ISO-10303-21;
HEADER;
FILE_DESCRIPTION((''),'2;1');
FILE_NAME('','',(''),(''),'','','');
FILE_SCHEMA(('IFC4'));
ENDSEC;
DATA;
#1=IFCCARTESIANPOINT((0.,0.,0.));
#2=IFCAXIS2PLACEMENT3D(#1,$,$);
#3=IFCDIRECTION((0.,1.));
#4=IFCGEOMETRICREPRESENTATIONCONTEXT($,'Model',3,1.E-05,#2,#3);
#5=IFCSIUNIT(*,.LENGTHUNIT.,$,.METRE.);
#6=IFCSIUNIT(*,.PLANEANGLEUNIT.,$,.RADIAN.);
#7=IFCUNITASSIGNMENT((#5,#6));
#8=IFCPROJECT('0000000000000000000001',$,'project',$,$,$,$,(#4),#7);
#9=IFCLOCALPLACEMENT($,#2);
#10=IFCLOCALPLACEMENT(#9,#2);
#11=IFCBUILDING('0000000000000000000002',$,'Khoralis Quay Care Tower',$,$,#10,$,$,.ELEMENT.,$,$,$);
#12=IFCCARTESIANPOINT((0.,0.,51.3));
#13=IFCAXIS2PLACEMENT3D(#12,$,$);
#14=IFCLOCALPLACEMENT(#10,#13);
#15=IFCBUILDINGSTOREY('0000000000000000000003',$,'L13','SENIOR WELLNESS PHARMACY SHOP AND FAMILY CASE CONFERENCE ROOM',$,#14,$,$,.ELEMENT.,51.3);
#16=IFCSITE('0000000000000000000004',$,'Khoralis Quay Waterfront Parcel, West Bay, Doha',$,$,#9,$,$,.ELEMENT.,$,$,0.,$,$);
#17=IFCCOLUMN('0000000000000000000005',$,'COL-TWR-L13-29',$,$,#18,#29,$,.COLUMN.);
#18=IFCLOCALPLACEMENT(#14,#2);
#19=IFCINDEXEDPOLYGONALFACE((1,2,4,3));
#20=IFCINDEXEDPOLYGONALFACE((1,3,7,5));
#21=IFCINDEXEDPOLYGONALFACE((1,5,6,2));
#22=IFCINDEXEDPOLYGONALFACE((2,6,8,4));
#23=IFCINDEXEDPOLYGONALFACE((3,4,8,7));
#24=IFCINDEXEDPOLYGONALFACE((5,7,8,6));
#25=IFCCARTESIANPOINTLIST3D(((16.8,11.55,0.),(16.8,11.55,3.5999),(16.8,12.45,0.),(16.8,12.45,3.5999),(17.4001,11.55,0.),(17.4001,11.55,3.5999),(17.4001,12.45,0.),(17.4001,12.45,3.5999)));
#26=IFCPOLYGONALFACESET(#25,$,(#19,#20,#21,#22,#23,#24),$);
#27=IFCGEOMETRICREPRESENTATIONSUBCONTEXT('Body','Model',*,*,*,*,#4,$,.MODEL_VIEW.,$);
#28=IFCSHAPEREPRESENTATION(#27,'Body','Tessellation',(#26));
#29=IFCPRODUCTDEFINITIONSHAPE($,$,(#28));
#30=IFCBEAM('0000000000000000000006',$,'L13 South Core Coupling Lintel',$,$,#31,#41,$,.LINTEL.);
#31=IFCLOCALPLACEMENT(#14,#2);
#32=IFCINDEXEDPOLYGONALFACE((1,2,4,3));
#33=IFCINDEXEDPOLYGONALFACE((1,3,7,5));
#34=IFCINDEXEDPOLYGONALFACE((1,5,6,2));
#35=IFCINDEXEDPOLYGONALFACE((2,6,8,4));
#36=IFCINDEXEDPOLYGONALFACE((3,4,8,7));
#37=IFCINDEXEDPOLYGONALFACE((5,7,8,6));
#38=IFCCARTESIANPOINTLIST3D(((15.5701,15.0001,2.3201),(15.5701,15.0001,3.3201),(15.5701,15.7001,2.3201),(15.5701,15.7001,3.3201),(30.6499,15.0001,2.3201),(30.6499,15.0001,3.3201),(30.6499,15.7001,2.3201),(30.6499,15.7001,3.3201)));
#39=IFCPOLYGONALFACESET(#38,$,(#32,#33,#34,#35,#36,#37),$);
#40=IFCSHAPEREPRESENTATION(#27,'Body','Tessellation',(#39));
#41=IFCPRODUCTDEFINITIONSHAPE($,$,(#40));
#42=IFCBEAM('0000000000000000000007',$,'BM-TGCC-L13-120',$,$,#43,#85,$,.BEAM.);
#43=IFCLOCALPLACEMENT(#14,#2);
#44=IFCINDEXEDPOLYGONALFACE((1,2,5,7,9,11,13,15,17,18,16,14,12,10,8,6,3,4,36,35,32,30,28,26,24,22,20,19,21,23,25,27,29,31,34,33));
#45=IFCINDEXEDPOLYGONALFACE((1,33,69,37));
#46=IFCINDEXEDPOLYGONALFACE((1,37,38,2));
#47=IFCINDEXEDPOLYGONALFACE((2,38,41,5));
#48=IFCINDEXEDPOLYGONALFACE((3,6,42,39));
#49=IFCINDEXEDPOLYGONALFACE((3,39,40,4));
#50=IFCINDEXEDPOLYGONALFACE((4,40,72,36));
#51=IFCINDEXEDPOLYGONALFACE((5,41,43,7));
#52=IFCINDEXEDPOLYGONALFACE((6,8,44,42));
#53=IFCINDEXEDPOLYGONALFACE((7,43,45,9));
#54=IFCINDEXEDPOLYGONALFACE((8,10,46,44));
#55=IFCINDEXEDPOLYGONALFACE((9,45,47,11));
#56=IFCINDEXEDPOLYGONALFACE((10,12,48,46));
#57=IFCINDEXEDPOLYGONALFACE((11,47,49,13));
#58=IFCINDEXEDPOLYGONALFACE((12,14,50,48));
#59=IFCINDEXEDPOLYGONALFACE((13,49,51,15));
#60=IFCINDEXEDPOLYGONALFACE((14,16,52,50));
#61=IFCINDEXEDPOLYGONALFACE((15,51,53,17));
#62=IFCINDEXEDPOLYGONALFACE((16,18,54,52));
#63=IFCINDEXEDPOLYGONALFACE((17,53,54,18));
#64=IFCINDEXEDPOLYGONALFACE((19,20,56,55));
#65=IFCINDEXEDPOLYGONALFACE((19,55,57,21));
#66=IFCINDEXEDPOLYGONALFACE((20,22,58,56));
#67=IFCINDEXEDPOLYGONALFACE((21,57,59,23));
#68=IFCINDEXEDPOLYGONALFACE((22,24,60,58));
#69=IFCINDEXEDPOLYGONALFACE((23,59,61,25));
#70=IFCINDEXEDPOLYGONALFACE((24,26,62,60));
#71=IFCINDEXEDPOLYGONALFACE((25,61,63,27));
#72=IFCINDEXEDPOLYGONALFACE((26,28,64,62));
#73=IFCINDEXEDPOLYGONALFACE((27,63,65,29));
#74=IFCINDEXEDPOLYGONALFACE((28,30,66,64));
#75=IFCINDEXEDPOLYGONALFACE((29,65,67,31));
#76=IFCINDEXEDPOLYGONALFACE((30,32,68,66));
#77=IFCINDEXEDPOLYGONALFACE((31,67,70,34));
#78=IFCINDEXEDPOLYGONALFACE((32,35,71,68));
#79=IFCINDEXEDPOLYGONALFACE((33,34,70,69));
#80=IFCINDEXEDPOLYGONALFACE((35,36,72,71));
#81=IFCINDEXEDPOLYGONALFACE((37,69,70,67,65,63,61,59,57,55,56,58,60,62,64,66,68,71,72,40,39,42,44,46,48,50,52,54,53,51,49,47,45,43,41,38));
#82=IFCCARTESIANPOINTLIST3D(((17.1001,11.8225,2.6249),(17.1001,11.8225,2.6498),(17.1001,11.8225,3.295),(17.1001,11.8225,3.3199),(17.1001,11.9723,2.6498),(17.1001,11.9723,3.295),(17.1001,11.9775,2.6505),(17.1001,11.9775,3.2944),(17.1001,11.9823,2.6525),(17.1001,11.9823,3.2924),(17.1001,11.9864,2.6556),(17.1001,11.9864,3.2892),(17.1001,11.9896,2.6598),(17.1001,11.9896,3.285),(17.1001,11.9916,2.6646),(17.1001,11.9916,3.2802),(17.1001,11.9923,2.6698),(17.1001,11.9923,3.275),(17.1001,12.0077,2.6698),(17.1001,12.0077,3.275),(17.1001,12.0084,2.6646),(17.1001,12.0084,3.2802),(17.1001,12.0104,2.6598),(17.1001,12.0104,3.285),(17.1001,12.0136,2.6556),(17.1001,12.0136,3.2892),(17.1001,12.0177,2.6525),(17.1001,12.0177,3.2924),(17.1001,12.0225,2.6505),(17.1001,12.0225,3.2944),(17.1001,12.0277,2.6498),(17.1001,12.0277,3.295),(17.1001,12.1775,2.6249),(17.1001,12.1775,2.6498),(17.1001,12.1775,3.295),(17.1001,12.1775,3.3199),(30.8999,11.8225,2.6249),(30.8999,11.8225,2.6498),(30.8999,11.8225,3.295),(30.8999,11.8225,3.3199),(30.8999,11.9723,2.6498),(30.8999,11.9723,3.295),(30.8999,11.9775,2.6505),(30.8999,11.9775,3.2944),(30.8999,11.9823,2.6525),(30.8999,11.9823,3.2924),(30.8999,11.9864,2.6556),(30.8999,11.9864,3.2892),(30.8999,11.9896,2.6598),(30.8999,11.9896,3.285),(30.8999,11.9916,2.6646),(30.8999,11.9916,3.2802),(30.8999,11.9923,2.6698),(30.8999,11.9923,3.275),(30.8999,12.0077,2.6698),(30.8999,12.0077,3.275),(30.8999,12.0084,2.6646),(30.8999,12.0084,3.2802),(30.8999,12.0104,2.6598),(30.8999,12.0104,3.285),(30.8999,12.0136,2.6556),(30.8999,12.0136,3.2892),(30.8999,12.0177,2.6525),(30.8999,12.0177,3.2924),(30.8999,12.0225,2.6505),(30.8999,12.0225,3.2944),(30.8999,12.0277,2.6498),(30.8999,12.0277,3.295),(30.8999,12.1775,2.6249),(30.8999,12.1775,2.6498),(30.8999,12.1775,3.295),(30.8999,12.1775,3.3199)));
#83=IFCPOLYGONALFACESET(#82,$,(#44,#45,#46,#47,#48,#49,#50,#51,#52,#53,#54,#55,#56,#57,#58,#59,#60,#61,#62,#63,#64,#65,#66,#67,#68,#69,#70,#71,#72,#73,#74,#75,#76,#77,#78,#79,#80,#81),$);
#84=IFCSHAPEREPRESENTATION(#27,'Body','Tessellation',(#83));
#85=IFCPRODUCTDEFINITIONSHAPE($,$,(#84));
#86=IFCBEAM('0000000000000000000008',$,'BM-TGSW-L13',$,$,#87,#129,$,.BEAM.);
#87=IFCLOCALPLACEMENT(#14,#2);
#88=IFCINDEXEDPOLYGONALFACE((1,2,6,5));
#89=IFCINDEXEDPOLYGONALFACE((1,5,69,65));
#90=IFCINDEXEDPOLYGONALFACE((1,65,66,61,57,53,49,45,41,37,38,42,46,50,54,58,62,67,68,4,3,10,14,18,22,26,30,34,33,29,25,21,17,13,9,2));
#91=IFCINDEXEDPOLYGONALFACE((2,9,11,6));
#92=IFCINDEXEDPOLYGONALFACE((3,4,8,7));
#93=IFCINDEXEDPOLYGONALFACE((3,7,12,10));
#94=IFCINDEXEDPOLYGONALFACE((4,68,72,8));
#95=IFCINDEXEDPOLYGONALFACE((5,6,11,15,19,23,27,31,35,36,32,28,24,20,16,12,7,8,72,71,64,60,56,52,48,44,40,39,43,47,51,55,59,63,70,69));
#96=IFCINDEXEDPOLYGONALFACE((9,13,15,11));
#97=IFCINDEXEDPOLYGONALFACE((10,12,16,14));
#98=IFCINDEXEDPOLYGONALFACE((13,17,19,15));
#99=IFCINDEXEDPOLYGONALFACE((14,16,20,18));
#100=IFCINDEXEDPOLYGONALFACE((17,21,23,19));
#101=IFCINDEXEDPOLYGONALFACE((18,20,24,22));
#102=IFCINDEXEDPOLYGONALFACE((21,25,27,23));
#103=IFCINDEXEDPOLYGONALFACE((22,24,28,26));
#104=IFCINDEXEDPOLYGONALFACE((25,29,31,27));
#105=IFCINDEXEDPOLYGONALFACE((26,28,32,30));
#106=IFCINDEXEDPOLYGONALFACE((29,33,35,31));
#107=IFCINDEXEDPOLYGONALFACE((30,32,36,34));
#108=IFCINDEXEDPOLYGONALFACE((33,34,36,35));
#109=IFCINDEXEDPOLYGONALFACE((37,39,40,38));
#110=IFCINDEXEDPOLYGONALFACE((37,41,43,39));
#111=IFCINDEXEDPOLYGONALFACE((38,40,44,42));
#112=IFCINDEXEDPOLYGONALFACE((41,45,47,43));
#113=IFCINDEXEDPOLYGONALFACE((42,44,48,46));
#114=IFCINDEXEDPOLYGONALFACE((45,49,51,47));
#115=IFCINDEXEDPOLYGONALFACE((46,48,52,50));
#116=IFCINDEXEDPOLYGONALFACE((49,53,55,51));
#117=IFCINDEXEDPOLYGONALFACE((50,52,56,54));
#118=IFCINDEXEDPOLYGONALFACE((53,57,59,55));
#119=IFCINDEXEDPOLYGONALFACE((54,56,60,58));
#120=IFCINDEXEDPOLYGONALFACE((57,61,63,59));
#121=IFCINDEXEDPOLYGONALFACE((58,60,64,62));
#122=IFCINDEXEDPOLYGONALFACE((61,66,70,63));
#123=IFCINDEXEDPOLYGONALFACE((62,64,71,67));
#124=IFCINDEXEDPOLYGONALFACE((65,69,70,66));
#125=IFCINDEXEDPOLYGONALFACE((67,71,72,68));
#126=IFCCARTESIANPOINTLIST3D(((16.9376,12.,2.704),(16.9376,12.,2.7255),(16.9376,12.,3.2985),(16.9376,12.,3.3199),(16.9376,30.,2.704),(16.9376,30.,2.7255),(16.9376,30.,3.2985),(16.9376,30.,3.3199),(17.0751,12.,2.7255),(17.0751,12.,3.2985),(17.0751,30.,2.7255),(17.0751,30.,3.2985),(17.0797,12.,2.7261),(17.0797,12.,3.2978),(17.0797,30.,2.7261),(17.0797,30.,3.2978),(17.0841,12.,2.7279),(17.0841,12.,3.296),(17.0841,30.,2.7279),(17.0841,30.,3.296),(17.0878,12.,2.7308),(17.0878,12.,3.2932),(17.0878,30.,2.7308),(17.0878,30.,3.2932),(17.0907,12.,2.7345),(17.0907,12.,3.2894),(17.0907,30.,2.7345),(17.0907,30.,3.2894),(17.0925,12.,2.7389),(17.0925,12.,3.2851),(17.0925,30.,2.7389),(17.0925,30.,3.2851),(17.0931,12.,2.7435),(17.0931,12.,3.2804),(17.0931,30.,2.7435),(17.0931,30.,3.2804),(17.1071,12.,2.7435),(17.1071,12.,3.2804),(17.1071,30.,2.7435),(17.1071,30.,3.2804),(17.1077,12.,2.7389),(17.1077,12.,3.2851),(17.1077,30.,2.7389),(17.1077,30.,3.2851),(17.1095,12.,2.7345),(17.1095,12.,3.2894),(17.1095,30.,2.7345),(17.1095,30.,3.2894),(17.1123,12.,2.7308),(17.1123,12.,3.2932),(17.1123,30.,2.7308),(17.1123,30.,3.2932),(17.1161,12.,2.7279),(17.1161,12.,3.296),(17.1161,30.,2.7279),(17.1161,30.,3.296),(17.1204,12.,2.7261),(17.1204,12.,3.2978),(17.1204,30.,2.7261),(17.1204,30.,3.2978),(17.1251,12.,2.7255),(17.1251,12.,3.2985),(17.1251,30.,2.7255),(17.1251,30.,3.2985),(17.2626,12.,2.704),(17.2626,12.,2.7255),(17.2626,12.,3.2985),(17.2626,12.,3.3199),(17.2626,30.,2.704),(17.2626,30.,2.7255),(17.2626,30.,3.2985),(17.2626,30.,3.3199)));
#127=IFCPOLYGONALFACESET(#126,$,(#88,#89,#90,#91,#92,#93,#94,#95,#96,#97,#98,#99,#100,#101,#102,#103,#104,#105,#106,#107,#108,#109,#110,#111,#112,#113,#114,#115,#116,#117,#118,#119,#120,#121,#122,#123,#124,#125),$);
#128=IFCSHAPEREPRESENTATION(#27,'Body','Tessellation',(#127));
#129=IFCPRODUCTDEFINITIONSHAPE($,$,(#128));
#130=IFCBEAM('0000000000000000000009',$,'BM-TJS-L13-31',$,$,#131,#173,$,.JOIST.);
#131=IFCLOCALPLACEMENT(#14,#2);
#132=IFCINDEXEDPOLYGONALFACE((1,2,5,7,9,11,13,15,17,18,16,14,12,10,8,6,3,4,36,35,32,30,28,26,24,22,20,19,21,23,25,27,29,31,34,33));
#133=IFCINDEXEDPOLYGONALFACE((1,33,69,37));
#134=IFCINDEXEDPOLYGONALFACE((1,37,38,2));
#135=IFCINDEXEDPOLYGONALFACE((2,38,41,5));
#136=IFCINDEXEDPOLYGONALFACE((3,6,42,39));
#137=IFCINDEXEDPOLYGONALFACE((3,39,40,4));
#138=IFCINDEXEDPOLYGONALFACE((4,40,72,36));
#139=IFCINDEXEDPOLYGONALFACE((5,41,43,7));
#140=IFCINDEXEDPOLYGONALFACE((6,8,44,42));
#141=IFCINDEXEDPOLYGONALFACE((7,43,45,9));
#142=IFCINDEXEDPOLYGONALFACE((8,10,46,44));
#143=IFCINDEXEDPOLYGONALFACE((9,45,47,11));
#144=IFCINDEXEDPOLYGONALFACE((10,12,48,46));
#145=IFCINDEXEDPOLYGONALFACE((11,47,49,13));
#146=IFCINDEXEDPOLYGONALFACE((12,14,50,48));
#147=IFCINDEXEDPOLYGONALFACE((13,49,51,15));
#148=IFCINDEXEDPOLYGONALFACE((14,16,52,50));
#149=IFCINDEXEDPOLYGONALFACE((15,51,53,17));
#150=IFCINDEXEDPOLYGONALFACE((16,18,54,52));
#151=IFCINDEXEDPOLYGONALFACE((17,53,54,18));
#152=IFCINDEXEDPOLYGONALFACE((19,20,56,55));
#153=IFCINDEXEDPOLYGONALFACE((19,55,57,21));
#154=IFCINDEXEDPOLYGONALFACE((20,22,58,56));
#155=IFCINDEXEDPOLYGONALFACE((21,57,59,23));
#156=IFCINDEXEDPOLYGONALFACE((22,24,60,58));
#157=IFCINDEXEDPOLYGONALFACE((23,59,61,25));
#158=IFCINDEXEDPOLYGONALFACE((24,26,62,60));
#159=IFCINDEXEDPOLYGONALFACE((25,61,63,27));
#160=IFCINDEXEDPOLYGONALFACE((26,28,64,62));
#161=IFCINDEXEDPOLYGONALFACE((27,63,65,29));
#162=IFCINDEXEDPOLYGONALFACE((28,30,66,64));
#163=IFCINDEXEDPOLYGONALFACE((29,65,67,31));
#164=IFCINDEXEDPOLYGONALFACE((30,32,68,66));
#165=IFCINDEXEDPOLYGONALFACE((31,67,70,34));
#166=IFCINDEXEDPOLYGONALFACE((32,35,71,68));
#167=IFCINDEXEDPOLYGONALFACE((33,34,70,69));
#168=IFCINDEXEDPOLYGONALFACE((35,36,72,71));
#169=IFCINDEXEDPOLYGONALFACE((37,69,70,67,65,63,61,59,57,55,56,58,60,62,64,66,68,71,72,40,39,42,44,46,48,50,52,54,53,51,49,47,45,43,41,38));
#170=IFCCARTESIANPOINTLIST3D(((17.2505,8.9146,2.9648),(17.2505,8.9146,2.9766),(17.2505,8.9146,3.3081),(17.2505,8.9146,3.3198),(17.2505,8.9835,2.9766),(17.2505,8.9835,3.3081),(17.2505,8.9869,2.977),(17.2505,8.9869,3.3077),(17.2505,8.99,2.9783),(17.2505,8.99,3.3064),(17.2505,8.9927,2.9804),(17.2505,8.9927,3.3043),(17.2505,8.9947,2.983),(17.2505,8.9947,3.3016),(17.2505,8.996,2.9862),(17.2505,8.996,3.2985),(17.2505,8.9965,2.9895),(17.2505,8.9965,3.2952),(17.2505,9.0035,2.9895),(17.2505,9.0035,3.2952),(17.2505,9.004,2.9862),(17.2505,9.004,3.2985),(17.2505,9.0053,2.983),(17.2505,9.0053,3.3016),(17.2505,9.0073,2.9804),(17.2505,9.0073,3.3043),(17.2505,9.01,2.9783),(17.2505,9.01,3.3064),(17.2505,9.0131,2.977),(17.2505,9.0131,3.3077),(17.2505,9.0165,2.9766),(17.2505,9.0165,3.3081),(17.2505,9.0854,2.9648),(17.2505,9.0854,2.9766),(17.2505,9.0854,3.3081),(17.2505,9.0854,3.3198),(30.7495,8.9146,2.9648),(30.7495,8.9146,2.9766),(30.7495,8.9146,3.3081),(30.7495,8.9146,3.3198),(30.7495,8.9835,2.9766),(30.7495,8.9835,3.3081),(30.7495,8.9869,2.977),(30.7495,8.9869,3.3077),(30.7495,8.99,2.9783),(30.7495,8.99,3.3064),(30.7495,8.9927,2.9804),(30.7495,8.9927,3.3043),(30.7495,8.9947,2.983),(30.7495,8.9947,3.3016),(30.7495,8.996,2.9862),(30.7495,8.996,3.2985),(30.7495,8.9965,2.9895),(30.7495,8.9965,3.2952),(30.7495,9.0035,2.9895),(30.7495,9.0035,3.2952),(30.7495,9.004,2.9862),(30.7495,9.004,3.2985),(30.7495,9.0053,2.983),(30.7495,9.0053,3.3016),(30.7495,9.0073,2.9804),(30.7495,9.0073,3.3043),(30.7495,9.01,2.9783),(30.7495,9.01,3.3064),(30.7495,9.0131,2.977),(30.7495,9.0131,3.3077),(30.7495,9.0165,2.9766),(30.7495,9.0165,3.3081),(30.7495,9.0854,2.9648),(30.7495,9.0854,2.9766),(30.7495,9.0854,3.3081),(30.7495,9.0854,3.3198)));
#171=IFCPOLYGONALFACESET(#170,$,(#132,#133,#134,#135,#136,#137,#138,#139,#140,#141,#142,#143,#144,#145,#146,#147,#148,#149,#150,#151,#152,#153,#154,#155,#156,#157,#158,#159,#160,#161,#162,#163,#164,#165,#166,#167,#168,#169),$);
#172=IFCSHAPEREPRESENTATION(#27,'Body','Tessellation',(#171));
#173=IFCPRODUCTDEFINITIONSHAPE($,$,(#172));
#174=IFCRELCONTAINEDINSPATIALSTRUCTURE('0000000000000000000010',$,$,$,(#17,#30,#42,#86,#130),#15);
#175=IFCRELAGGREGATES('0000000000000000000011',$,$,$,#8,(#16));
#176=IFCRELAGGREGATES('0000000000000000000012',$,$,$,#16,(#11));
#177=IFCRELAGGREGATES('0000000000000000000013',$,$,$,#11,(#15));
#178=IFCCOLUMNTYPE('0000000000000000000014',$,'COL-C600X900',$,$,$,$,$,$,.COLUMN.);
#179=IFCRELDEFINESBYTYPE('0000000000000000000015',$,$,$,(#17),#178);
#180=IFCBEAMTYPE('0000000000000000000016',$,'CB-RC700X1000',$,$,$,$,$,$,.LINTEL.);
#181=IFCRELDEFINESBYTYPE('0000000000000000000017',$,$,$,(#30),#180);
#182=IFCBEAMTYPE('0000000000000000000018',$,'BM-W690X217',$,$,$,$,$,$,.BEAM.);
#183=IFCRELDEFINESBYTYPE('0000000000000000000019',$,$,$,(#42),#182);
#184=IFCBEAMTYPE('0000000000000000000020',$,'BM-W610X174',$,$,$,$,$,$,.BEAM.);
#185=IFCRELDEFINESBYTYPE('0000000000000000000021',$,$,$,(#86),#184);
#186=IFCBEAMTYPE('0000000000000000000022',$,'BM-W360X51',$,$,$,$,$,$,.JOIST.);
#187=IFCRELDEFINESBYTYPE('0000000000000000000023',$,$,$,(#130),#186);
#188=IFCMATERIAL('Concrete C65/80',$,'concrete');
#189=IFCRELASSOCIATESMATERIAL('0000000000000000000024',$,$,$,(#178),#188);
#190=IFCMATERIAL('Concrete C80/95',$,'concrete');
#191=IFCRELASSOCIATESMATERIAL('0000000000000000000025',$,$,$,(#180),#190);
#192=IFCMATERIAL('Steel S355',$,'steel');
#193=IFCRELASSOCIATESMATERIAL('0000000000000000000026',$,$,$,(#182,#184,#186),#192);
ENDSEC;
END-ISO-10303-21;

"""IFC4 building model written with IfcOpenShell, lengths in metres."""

from ifc_helpers import new_model, si_unit, direction, frame, origin, origin_2d, place, context, subcontext, project, spatial, rectangle, i_section, extrude, source, transform, mapped, material, material_profile, profile_set, type_object, element, save


model = new_model("IFC4")

# Units and contexts
model_context = context("Model", 3, precision=1e-05, world=origin(), true_north=direction((0.0, 1.0)))
body_context = subcontext(model_context, "Body", "Model", "MODEL_VIEW")
ifc_project = project(units=[si_unit("LENGTHUNIT", "METRE"), si_unit("PLANEANGLEUNIT", "RADIAN")], contexts=[model_context])

# Site, building, storey
site_placement = place(None, origin())
site = spatial("IfcSite", under=ifc_project, at=site_placement, Name="Khoralis Quay Waterfront Parcel, West Bay, Doha", CompositionType="ELEMENT", RefElevation=0.0)
building_placement = place(site_placement, origin())
building = spatial("IfcBuilding", under=site, at=building_placement, Name="Khoralis Quay Care Tower", CompositionType="ELEMENT")
storey_placement = place(building_placement, frame((0.0, 0.0, 51.3)))
storey = spatial("IfcBuildingStorey", under=building, at=storey_placement, Name="L13", Description="SENIOR WELLNESS PHARMACY SHOP AND FAMILY CASE CONFERENCE ROOM", CompositionType="ELEMENT", Elevation=51.3)

# Column
ifc_material_1 = material(Name="Concrete C65/80", Category="concrete")
ifc_material_profile_1 = material_profile(ifc_material_1, rectangle(XDim=0.6001, YDim=0.8999, at=origin_2d()), Name="Concrete C65/80")
ifc_profile_set_1 = profile_set([ifc_material_profile_1], Name="Concrete C65/80")
column_type = type_object("IfcColumnType", Name="COL-C600X900", PredefinedType="COLUMN", material=ifc_profile_set_1)
shared_shape_1 = source(origin(), body_context, "Body", "SweptSolid", [
    extrude(rectangle(XDim=0.6001, YDim=0.8999, at=origin_2d()), origin(), (0.0, 0.0, 1.0), 3.5999),
])
column_placement = place(storey_placement, frame((17.1001, 12.0, 0.0), z_axis=(0.0, 0.0, 1.0), x_axis=(1.0, 0.0, 0.0)))
element("IfcColumn", 1, at=column_placement, inside=storey, type_object=column_type, Name="COL-TWR-L13-29", PredefinedType="COLUMN", context=body_context, shape_type="MappedRepresentation", body=[
    mapped(shared_shape_1, transform((0.0, 0.0, 0.0), scale=1.0)),
])

# Beams
ifc_material_2 = material(Name="Concrete C80/95", Category="concrete")
ifc_material_profile_2 = material_profile(ifc_material_2, rectangle(XDim=0.7, YDim=1.0, at=origin_2d()), Name="Concrete C80/95")
ifc_profile_set_2 = profile_set([ifc_material_profile_2], Name="Concrete C80/95")
beam_type_1 = type_object("IfcBeamType", Name="CB-RC700X1000", PredefinedType="LINTEL", material=ifc_profile_set_2)
shared_shape_2 = source(origin(), body_context, "Body", "SweptSolid", [
    extrude(rectangle(XDim=0.7, YDim=1.0, at=origin_2d()), origin(), (0.0, 0.0, 1.0), 15.0798),
])
beam_1_placement = place(storey_placement, frame((15.5701, 15.3501, 2.8201), z_axis=(1.0, 0.0, 0.0), x_axis=(0.0, 1.0, 0.0)))
element("IfcBeam", 2, at=beam_1_placement, inside=storey, type_object=beam_type_1, Name="L13 South Core Coupling Lintel", PredefinedType="LINTEL", context=body_context, shape_type="MappedRepresentation", body=[
    mapped(shared_shape_2, transform((0.0, 0.0, 0.0), scale=1.0)),
])
ifc_material_3 = material(Name="Steel S355", Category="steel")
ifc_material_profile_3 = material_profile(ifc_material_3, i_section(OverallWidth=0.355, OverallDepth=0.6951, WebThickness=0.0154, FlangeThickness=0.0249, FilletRadius=0.02, at=origin_2d()), Name="Steel S355")
ifc_profile_set_3 = profile_set([ifc_material_profile_3], Name="Steel S355")
beam_type_2 = type_object("IfcBeamType", Name="BM-W690X217", PredefinedType="BEAM", material=ifc_profile_set_3)
shared_shape_3 = source(origin(), body_context, "Body", "SweptSolid", [
    extrude(i_section(OverallWidth=0.355, OverallDepth=0.6951, WebThickness=0.0154, FlangeThickness=0.0249, FilletRadius=0.02, at=origin_2d()), origin(), (0.0, 0.0, 1.0), 13.7998),
])
beam_2_placement = place(storey_placement, frame((17.1001, 12.0, 2.9724), z_axis=(1.0, 0.0, 0.0), x_axis=(0.0, 1.0, 0.0)))
element("IfcBeam", 3, at=beam_2_placement, inside=storey, type_object=beam_type_2, Name="BM-TGCC-L13-120", PredefinedType="BEAM", context=body_context, shape_type="MappedRepresentation", body=[
    mapped(shared_shape_3, transform((0.0, 0.0, 0.0), scale=1.0)),
])
ifc_material_profile_4 = material_profile(ifc_material_3, i_section(OverallWidth=0.325, OverallDepth=0.616, WebThickness=0.0139, FlangeThickness=0.0215, FilletRadius=0.0181, at=origin_2d()), Name="Steel S355")
ifc_profile_set_4 = profile_set([ifc_material_profile_4], Name="Steel S355")
beam_type_3 = type_object("IfcBeamType", Name="BM-W610X174", PredefinedType="BEAM", material=ifc_profile_set_4)
shared_shape_4 = source(origin(), body_context, "Body", "SweptSolid", [
    extrude(i_section(OverallWidth=0.325, OverallDepth=0.616, WebThickness=0.0139, FlangeThickness=0.0215, FilletRadius=0.0181, at=origin_2d()), origin(), (0.0, 0.0, 1.0), 18.0),
])
beam_3_placement = place(storey_placement, frame((17.1001, 12.0, 3.012), z_axis=(0.0, 1.0, 0.0), x_axis=(-1.0, 0.0, 0.0)))
element("IfcBeam", 4, at=beam_3_placement, inside=storey, type_object=beam_type_3, Name="BM-TGSW-L13", PredefinedType="BEAM", context=body_context, shape_type="MappedRepresentation", body=[
    mapped(shared_shape_4, transform((0.0, 0.0, 0.0), scale=1.0)),
])
ifc_material_profile_5 = material_profile(ifc_material_3, i_section(OverallWidth=0.1709, OverallDepth=0.355, WebThickness=0.0071, FlangeThickness=0.0117, FilletRadius=0.0129, at=origin_2d()), Name="Steel S355")
ifc_profile_set_5 = profile_set([ifc_material_profile_5], Name="Steel S355")
beam_type_4 = type_object("IfcBeamType", Name="BM-W360X51", PredefinedType="JOIST", material=ifc_profile_set_5)
shared_shape_5 = source(origin(), body_context, "Body", "SweptSolid", [
    extrude(i_section(OverallWidth=0.1709, OverallDepth=0.355, WebThickness=0.0071, FlangeThickness=0.0117, FilletRadius=0.0129, at=origin_2d()), origin(), (0.0, 0.0, 1.0), 13.499),
])
beam_4_placement = place(storey_placement, frame((17.2505, 9.0, 3.1423), z_axis=(1.0, 0.0, 0.0), x_axis=(0.0, 1.0, 0.0)))
element("IfcBeam", 5, at=beam_4_placement, inside=storey, type_object=beam_type_4, Name="BM-TJS-L13-31", PredefinedType="JOIST", context=body_context, shape_type="MappedRepresentation", body=[
    mapped(shared_shape_5, transform((0.0, 0.0, 0.0), scale=1.0)),
])

save(model, "model.ifc")
